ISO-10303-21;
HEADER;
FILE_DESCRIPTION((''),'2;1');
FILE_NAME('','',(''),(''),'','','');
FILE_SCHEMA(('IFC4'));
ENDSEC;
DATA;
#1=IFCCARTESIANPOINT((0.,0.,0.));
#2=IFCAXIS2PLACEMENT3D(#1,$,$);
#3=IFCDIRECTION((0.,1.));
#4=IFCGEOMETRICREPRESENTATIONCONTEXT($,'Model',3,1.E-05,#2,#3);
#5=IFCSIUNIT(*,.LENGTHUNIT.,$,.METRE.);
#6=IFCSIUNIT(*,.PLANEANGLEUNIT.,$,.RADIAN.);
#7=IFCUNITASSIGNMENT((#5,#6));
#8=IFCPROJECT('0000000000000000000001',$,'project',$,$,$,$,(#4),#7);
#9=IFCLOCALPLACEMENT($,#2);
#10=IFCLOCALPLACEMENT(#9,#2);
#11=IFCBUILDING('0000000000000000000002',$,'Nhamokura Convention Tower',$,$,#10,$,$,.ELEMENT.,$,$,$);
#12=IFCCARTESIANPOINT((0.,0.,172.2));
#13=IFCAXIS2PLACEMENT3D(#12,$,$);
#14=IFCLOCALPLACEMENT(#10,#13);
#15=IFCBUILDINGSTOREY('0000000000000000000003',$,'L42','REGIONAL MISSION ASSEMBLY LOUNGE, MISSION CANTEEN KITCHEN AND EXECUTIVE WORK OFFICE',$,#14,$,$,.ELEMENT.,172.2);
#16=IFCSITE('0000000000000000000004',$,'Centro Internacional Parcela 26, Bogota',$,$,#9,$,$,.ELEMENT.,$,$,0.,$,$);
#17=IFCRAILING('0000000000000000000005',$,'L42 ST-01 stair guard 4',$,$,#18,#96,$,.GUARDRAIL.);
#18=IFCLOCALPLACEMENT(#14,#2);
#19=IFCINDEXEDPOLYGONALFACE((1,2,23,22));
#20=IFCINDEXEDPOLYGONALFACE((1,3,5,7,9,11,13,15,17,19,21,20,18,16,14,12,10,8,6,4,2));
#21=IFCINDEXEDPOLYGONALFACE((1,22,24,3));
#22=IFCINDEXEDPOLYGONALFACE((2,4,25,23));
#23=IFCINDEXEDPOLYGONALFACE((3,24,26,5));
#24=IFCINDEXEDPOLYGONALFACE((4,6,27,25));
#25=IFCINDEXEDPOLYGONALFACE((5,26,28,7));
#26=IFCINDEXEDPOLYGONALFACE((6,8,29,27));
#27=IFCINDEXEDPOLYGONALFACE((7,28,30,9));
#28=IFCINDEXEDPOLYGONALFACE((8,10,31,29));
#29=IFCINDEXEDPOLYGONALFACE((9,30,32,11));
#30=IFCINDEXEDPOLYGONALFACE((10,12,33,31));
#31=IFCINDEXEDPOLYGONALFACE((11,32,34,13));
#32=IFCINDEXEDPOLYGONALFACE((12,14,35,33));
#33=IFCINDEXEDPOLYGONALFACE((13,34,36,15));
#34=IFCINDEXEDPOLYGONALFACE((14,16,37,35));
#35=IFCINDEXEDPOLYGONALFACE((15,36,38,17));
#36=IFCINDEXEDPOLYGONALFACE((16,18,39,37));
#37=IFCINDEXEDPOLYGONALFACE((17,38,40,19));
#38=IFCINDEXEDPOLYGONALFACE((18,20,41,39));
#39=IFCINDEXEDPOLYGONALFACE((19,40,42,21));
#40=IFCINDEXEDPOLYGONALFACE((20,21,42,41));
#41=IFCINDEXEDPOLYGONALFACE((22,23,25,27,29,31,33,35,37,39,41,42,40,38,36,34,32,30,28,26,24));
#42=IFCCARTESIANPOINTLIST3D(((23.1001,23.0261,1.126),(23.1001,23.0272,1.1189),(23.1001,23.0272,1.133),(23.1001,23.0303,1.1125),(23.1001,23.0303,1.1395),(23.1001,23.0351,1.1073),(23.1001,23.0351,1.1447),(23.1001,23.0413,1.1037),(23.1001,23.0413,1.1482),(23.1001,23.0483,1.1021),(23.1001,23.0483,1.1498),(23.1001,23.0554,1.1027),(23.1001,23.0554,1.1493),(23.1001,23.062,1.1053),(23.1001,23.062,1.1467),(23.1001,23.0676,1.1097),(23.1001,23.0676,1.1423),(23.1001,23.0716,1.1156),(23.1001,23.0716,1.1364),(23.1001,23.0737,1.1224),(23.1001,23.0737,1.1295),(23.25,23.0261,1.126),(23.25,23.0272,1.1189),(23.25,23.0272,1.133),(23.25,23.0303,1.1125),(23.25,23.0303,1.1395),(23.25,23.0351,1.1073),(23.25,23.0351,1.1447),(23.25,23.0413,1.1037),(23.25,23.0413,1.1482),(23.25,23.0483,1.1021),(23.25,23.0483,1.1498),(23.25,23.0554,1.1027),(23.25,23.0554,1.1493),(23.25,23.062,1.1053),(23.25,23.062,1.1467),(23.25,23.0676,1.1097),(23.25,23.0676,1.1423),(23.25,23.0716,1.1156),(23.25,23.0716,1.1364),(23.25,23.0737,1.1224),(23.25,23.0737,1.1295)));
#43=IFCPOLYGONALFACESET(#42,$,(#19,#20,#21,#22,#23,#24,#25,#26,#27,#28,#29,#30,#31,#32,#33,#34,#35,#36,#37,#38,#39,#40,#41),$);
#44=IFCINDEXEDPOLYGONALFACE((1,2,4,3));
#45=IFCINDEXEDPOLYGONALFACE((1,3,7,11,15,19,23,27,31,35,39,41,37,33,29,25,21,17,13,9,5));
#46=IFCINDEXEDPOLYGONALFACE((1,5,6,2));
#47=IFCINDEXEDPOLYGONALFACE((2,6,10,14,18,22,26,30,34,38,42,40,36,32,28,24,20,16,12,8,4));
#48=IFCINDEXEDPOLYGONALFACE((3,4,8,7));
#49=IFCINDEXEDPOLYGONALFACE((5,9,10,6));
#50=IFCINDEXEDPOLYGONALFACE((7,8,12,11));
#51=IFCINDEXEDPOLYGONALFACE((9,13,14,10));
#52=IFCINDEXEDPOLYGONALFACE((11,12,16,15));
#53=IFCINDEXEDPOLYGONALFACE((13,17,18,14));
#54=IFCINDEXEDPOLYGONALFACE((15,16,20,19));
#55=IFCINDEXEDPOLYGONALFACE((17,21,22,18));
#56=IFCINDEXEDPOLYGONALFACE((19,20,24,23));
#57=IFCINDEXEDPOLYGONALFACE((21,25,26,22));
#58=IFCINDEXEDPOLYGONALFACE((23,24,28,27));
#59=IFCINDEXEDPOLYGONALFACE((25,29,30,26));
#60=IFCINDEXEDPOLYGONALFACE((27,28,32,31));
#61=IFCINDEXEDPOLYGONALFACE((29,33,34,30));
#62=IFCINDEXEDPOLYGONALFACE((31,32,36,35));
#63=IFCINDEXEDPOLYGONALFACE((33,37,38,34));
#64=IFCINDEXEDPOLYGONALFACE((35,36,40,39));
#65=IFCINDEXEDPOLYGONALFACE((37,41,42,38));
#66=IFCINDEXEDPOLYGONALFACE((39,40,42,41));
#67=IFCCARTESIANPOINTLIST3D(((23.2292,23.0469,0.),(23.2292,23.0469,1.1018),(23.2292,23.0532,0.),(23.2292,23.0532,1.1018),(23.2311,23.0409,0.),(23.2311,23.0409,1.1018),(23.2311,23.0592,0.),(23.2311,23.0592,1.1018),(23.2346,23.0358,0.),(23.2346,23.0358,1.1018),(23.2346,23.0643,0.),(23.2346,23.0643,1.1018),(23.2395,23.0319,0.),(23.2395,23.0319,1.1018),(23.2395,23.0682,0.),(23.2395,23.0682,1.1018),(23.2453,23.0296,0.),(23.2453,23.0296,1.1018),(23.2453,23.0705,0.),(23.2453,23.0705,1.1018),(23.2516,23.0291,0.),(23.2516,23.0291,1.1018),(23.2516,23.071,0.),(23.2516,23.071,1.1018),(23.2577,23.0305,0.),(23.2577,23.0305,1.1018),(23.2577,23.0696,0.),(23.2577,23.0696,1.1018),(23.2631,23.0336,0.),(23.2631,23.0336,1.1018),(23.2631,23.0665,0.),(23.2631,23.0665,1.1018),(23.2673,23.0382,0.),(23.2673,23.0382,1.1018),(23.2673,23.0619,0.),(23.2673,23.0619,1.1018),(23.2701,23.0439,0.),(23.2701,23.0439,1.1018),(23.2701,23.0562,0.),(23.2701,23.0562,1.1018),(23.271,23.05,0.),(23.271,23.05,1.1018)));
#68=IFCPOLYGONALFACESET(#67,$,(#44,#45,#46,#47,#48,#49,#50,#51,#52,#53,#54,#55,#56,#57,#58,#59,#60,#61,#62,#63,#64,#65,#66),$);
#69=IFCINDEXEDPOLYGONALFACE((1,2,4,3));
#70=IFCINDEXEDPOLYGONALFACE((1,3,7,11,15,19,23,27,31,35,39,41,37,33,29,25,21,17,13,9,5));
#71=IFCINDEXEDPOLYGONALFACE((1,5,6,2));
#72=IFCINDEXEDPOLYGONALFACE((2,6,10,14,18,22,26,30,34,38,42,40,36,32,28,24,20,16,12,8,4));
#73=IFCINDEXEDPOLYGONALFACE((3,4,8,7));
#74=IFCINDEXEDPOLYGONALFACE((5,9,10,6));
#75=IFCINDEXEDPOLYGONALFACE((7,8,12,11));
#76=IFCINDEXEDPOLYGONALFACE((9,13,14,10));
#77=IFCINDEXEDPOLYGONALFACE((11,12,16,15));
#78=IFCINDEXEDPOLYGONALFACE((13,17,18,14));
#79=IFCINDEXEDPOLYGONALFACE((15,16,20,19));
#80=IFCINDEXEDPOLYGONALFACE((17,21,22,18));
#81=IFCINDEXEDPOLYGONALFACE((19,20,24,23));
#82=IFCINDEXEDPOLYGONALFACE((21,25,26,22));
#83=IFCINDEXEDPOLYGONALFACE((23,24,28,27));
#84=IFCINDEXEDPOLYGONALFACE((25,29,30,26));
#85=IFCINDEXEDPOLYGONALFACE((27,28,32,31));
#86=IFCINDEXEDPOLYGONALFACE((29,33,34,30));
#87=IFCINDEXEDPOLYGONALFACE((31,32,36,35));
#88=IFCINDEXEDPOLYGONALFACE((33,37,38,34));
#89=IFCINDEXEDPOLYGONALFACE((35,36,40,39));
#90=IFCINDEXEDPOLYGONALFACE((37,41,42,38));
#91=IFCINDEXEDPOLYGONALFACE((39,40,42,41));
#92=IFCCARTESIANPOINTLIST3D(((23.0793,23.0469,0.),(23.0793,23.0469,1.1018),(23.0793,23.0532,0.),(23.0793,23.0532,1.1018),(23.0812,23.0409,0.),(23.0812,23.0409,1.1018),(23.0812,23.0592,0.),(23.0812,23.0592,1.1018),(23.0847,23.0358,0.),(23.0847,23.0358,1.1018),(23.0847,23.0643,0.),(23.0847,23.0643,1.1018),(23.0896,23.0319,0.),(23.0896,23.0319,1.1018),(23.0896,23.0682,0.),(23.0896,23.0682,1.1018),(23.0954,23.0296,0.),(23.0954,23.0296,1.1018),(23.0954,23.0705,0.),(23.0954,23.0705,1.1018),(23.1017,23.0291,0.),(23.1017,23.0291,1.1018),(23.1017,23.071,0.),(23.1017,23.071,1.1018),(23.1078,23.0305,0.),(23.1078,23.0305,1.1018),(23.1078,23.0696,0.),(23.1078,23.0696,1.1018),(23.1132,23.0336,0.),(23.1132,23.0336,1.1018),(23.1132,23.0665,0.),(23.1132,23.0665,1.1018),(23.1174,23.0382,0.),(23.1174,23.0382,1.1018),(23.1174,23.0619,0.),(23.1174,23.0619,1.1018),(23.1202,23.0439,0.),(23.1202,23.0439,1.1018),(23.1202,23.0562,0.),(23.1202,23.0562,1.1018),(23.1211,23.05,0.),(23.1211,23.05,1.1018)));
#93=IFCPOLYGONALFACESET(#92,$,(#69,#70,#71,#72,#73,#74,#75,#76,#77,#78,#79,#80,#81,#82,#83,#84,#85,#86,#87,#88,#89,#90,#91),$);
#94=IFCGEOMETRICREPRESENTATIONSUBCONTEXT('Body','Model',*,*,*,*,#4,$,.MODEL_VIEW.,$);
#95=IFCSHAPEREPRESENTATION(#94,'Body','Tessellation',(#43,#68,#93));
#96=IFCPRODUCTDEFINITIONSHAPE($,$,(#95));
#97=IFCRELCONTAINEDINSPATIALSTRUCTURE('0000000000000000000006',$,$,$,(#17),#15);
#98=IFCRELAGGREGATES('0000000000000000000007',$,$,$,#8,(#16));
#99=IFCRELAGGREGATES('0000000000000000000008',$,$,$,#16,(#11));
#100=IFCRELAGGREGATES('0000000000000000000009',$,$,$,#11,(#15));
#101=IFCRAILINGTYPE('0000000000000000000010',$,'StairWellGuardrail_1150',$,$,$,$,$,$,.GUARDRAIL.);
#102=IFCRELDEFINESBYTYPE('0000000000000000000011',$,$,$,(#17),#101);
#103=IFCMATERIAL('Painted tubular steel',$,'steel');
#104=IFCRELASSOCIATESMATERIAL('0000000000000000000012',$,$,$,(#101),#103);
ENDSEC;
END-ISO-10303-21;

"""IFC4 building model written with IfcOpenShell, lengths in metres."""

from ifc_helpers import new_model, si_unit, direction, frame, origin, origin_2d, place, context, subcontext, project, spatial, circle, extrude, material, type_object, element, save


model = new_model("IFC4")

# Units and contexts
model_context = context("Model", 3, precision=1e-05, world=origin(), true_north=direction((0.0, 1.0)))
body_context = subcontext(model_context, "Body", "Model", "MODEL_VIEW")
ifc_project = project(units=[si_unit("LENGTHUNIT", "METRE"), si_unit("PLANEANGLEUNIT", "RADIAN")], contexts=[model_context])

# Site, building, storey
site_placement = place(None, origin())
site = spatial("IfcSite", under=ifc_project, at=site_placement, Name="Centro Internacional Parcela 26, Bogota", CompositionType="ELEMENT", RefElevation=0.0)
building_placement = place(site_placement, origin())
building = spatial("IfcBuilding", under=site, at=building_placement, Name="Nhamokura Convention Tower", CompositionType="ELEMENT")
storey_placement = place(building_placement, frame((0.0, 0.0, 172.2)))
storey = spatial("IfcBuildingStorey", under=building, at=storey_placement, Name="L42", Description="REGIONAL MISSION ASSEMBLY LOUNGE, MISSION CANTEEN KITCHEN AND EXECUTIVE WORK OFFICE", CompositionType="ELEMENT", Elevation=172.2)

# Railing
ifc_material_1 = material(Name="Painted tubular steel", Category="steel")
railing_type_1 = type_object("IfcRailingType", Name="StairWellGuardrail_1150", PredefinedType="GUARDRAIL", material=ifc_material_1)
railing_1_placement = place(storey_placement, frame((23.25, 23.05, 0.0)))
element("IfcRailing", 1, at=railing_1_placement, inside=storey, type_object=railing_type_1, Name="L42 ST-01 stair guard 4", PredefinedType="GUARDRAIL", context=body_context, shape_type="SweptSolid", body=[
    extrude(circle(Radius=0.0239, at=origin_2d()), frame((0.0, 0.0, 1.126), z_axis=(-1.0, 0.0, 0.0), x_axis=(0.0, -1.0, 0.0)), (0.0, 0.0, 1.0), 0.1499),
    extrude(circle(Radius=0.021, at=origin_2d()), origin(), (0.0, 0.0, 1.0), 1.1018),
    extrude(circle(Radius=0.021, at=origin_2d()), frame((-0.1499, 0.0, 0.0)), (0.0, 0.0, 1.0), 1.1018),
])

save(model, "model.ifc")
